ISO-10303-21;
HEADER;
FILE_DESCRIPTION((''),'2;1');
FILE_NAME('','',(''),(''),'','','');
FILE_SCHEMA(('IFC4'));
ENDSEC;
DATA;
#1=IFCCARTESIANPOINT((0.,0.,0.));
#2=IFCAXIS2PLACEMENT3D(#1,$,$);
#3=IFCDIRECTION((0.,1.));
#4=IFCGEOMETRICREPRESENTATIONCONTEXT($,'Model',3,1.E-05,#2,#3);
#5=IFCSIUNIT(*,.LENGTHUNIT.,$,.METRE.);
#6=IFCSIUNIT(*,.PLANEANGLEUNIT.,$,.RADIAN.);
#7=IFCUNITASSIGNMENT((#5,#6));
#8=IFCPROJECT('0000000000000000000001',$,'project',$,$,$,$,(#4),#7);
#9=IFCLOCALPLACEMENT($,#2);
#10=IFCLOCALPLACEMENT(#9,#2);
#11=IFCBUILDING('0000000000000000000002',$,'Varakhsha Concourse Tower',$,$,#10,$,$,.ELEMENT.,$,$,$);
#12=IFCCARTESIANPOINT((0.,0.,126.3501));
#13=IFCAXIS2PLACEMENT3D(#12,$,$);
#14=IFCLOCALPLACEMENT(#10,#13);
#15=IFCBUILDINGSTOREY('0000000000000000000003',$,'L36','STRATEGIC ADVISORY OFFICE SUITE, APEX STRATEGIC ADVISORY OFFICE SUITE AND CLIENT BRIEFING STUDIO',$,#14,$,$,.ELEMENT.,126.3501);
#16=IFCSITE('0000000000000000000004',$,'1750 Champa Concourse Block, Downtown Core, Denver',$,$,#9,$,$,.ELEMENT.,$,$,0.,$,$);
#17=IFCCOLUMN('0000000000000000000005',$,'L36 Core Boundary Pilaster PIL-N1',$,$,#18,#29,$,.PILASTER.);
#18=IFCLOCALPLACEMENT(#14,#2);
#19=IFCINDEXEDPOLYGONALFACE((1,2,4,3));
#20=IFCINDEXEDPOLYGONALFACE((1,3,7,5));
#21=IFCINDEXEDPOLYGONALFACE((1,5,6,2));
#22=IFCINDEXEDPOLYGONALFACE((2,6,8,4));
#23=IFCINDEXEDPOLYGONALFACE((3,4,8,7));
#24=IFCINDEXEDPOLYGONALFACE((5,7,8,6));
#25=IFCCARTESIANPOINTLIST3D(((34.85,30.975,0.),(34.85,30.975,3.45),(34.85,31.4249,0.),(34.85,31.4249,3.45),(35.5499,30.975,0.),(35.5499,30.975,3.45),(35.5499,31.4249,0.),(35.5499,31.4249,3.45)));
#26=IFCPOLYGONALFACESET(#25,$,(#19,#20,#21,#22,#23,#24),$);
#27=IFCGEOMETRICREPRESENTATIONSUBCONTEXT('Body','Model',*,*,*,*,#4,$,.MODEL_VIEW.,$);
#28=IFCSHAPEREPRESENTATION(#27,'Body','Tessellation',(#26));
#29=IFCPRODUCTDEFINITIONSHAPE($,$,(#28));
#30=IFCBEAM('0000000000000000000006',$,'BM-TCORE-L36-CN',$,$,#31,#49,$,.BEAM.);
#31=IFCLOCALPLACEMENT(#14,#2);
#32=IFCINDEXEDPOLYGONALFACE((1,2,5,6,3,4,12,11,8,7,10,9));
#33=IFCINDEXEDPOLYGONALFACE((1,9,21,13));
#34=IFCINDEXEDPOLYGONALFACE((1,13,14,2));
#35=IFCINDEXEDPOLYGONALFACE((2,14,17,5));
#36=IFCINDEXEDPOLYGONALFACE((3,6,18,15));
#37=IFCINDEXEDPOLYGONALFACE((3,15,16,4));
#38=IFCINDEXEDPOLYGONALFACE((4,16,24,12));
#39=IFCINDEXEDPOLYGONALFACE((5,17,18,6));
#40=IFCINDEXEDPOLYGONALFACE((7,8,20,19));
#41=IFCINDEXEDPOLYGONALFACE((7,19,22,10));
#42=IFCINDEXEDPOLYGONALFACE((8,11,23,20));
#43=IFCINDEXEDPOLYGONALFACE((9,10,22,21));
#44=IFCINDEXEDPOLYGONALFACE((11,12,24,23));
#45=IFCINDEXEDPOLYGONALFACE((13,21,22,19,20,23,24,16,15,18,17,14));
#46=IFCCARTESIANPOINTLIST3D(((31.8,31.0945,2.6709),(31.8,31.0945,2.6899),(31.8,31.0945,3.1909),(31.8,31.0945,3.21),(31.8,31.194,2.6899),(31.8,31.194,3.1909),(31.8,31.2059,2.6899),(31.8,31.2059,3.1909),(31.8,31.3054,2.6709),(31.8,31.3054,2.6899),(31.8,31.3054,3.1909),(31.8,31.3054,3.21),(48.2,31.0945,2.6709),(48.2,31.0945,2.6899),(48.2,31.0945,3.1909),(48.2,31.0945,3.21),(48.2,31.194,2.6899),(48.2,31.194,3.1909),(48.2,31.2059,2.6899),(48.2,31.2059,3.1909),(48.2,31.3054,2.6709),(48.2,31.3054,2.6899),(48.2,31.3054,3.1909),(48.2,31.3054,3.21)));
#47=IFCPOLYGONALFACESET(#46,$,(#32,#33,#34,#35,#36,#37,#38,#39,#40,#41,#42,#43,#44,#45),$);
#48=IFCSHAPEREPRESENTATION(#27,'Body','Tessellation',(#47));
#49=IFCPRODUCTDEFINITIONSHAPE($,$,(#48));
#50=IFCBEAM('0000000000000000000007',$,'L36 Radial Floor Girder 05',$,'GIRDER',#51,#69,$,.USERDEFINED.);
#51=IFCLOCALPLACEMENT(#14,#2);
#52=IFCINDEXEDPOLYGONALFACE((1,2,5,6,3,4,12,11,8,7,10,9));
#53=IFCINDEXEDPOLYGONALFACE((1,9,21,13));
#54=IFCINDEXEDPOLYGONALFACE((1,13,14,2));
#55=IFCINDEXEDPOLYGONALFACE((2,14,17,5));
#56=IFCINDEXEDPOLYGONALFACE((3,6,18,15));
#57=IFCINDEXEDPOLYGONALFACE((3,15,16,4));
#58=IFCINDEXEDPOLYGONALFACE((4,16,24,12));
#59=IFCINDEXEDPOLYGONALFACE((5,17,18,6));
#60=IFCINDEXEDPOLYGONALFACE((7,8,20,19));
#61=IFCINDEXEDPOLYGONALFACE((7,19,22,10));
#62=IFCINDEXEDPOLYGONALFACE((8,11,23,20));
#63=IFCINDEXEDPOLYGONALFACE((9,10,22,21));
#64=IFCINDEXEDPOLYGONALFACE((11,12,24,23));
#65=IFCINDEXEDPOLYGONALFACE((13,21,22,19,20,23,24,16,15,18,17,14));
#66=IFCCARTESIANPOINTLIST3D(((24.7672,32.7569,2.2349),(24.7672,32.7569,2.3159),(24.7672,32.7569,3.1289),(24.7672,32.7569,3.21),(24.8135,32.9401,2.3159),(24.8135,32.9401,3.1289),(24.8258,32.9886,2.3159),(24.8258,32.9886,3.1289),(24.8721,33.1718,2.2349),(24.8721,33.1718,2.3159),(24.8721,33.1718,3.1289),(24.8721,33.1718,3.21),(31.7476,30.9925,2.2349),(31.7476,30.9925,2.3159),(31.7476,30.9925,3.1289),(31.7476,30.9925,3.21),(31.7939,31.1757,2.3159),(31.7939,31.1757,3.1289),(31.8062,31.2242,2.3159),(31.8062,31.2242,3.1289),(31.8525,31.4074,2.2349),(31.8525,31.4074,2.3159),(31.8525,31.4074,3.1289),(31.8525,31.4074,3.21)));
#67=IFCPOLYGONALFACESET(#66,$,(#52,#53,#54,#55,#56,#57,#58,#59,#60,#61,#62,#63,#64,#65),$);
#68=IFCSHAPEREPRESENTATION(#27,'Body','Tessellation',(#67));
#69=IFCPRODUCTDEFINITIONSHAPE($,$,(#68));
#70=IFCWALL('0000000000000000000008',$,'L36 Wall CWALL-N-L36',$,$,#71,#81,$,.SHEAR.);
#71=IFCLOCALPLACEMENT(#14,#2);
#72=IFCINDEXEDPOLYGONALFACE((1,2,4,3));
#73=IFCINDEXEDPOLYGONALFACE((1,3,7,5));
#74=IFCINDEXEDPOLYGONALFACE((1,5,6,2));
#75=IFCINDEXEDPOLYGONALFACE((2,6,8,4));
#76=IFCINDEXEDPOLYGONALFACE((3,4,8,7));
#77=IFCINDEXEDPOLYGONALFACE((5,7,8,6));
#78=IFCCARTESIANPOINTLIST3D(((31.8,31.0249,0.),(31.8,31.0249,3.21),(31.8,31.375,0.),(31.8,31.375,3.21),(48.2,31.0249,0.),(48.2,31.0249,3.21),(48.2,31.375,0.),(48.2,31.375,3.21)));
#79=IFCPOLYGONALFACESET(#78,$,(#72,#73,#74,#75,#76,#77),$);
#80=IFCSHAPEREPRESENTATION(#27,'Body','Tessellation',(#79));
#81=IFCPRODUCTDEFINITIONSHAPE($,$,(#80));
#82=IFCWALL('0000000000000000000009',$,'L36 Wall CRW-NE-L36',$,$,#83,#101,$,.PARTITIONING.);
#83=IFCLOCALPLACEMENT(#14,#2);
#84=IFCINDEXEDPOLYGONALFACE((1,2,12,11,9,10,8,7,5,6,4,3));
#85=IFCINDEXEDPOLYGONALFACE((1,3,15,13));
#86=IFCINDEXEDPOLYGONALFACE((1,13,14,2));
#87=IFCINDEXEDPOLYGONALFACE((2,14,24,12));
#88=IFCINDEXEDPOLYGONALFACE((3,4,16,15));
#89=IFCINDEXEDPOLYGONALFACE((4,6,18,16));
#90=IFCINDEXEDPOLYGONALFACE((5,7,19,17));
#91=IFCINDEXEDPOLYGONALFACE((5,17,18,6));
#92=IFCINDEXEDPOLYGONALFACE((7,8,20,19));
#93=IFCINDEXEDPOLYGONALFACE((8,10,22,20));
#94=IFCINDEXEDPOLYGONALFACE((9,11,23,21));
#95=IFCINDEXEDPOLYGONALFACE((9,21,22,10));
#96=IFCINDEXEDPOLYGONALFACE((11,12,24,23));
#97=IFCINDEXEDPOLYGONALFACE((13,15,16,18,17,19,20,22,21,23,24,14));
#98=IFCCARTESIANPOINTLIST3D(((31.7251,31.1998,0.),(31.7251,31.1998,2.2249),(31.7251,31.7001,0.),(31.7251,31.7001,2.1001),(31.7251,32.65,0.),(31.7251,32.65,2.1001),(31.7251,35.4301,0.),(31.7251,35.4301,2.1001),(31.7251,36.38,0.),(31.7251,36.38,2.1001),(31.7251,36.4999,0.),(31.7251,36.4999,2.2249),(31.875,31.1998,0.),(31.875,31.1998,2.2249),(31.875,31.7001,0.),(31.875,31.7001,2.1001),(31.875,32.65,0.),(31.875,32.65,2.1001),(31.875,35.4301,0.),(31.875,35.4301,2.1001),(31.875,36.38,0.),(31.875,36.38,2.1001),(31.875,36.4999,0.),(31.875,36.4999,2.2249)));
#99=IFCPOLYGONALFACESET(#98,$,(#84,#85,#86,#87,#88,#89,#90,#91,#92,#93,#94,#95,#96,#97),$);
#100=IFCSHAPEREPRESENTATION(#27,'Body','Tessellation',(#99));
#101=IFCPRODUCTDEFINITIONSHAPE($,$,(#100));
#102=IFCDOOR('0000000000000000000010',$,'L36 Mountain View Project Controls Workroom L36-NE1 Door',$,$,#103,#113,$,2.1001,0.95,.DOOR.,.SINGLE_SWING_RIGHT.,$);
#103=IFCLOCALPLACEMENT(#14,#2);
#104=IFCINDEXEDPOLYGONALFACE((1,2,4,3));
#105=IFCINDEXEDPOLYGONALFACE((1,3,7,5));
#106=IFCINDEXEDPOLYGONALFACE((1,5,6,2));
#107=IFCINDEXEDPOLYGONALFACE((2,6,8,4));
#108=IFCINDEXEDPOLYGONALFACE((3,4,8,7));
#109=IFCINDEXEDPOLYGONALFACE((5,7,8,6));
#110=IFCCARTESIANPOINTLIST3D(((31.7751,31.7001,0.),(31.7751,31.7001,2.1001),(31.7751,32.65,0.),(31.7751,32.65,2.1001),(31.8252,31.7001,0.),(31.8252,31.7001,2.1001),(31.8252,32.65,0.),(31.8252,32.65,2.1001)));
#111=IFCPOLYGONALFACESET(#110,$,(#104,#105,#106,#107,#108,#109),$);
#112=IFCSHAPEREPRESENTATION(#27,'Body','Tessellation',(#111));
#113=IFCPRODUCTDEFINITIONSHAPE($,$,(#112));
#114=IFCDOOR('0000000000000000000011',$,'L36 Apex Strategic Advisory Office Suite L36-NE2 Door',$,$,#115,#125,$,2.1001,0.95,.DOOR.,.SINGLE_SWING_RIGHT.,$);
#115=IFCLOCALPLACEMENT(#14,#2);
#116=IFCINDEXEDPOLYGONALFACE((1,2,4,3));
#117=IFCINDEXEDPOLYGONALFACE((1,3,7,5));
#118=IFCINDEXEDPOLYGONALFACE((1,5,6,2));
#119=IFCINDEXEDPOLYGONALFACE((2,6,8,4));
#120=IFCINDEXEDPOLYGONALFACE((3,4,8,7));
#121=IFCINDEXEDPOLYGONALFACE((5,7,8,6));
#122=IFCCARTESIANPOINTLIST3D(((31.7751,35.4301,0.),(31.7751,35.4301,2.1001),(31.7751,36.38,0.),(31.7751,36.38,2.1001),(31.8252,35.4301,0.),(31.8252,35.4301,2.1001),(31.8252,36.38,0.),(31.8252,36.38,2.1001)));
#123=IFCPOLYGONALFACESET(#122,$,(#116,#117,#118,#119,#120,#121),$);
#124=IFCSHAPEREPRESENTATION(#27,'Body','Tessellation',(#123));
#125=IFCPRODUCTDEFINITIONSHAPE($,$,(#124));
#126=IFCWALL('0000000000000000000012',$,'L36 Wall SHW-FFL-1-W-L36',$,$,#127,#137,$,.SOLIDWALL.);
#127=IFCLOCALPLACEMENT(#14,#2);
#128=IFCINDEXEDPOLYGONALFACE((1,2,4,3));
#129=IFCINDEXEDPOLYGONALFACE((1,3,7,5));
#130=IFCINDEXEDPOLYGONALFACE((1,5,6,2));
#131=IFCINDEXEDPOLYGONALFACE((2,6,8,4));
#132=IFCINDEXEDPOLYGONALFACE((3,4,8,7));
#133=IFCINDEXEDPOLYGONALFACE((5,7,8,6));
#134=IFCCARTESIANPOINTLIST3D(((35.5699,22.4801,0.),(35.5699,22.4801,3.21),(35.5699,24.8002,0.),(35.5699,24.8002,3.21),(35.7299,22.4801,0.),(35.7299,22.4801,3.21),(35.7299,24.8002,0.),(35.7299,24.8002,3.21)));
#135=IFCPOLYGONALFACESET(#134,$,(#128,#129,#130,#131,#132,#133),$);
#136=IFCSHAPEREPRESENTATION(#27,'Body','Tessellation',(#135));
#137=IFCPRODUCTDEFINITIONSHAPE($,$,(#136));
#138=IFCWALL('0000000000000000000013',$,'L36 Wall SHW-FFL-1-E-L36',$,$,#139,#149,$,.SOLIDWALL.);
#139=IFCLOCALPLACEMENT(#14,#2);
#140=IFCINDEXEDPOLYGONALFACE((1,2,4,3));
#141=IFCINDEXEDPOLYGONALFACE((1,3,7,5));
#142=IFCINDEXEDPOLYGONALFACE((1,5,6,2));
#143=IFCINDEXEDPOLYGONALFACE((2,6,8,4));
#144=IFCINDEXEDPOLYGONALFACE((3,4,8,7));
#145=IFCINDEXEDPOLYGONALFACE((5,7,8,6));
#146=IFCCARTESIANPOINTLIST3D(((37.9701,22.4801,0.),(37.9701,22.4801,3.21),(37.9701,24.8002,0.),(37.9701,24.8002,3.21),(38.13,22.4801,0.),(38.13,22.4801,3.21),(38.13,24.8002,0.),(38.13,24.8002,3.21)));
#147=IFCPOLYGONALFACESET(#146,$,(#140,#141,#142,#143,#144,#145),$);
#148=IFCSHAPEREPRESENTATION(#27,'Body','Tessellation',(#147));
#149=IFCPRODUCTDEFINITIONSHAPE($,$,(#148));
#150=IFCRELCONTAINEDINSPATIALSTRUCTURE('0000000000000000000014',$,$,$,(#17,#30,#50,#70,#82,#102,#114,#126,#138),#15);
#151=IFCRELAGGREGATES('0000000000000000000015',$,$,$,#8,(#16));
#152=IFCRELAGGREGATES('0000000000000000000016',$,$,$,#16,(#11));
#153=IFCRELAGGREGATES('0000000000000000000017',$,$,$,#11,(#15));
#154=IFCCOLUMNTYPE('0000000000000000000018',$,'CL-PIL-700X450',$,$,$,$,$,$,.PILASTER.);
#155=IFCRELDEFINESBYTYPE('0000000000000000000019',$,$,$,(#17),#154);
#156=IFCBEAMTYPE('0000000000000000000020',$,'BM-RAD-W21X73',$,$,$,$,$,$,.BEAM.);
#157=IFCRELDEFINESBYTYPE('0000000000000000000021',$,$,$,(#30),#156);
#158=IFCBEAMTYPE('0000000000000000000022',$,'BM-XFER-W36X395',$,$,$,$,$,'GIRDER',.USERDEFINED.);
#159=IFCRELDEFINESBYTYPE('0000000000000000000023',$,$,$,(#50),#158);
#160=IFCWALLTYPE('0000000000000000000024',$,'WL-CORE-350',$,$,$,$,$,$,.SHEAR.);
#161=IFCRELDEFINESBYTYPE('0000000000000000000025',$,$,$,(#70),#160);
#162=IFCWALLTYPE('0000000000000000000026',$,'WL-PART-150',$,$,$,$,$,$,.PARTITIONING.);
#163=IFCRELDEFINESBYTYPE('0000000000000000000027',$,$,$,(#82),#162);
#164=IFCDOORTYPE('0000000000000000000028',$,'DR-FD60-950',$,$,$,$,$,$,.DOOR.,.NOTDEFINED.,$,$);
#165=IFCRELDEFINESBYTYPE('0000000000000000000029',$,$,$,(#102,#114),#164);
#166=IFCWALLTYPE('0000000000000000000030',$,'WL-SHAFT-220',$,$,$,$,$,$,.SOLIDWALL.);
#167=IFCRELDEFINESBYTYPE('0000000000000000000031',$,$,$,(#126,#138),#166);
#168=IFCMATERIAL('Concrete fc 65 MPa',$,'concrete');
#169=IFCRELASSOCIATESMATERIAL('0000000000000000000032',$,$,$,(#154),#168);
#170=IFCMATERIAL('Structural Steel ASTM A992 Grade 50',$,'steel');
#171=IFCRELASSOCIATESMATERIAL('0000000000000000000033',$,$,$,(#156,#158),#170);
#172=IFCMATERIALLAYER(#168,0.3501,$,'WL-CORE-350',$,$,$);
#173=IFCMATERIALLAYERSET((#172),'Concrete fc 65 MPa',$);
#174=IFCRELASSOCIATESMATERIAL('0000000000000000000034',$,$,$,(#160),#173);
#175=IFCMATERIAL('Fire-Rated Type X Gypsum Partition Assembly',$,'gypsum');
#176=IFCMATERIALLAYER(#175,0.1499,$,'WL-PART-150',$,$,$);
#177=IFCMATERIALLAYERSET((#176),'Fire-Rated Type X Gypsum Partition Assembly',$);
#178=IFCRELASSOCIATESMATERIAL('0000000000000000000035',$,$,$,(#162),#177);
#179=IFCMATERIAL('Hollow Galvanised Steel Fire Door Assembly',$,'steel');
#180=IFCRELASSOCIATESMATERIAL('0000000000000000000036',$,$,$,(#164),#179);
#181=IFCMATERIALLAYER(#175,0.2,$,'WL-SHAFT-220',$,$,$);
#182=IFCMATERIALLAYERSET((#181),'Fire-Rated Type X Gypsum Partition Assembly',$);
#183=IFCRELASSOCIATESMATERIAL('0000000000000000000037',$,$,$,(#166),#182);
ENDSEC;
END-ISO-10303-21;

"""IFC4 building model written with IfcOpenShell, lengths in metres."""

from ifc_helpers import new_model, si_unit, direction, frame, frame_2d, origin, origin_2d, place, context, subcontext, project, spatial, rectangle, i_section, extrude, material, layer, layer_set, material_profile, profile_set, type_object, element, fill, save


model = new_model("IFC4")

# Units and contexts
model_context = context("Model", 3, precision=1e-05, world=origin(), true_north=direction((0.0, 1.0)))
body_context = subcontext(model_context, "Body", "Model", "MODEL_VIEW")
ifc_project = project(units=[si_unit("LENGTHUNIT", "METRE"), si_unit("PLANEANGLEUNIT", "RADIAN")], contexts=[model_context])

# Site, building, storey
site_placement = place(None, origin())
site = spatial("IfcSite", under=ifc_project, at=site_placement, Name="1750 Champa Concourse Block, Downtown Core, Denver", CompositionType="ELEMENT", RefElevation=0.0)
building_placement = place(site_placement, origin())
building = spatial("IfcBuilding", under=site, at=building_placement, Name="Varakhsha Concourse Tower", CompositionType="ELEMENT")
storey_placement = place(building_placement, frame((0.0, 0.0, 126.3501)))
storey = spatial("IfcBuildingStorey", under=building, at=storey_placement, Name="L36", Description="STRATEGIC ADVISORY OFFICE SUITE, APEX STRATEGIC ADVISORY OFFICE SUITE AND CLIENT BRIEFING STUDIO", CompositionType="ELEMENT", Elevation=126.3501)

# Column
ifc_material_1 = material(Name="Concrete fc 65 MPa", Category="concrete")
ifc_material_profile_1 = material_profile(ifc_material_1, rectangle(XDim=0.7, YDim=0.45, at=origin_2d()), Name="RC 700x450")
ifc_profile_set_1 = profile_set([ifc_material_profile_1], Name="Concrete fc 65 MPa")
column_type = type_object("IfcColumnType", Name="CL-PIL-700X450", PredefinedType="PILASTER", material=ifc_profile_set_1)
column_placement = place(storey_placement, frame((35.2, 31.2, 0.0), z_axis=(0.0, 0.0, 1.0), x_axis=(1.0, 0.0, 0.0)))
element("IfcColumn", 1, at=column_placement, inside=storey, type_object=column_type, Name="L36 Core Boundary Pilaster PIL-N1", PredefinedType="PILASTER", context=body_context, shape_type="SweptSolid", body=[
    extrude(rectangle(XDim=0.7, YDim=0.45, at=origin_2d()), origin(), (0.0, 0.0, 1.0), 3.45),
])

# Beams
ifc_material_2 = material(Name="Structural Steel ASTM A992 Grade 50", Category="steel")
ifc_material_profile_2 = material_profile(ifc_material_2, i_section(OverallWidth=0.2109, OverallDepth=0.5391, WebThickness=0.012, FlangeThickness=0.019, at=origin_2d()), Name="W21X73")
ifc_profile_set_2 = profile_set([ifc_material_profile_2], Name="Structural Steel ASTM A992 Grade 50")
beam_type_1 = type_object("IfcBeamType", Name="BM-RAD-W21X73", PredefinedType="BEAM", material=ifc_profile_set_2)
beam_1_placement = place(storey_placement, frame((31.8, 31.2, 2.9404), z_axis=(1.0, 0.0, 0.0), x_axis=(0.0, 1.0, 0.0)))
element("IfcBeam", 2, at=beam_1_placement, inside=storey, type_object=beam_type_1, Name="BM-TCORE-L36-CN", PredefinedType="BEAM", context=body_context, shape_type="SweptSolid", body=[
    extrude(i_section(OverallWidth=0.2109, OverallDepth=0.5391, WebThickness=0.012, FlangeThickness=0.019, at=origin_2d()), origin(), (0.0, 0.0, 1.0), 16.3999),
])
ifc_material_profile_3 = material_profile(ifc_material_2, i_section(OverallWidth=0.428, OverallDepth=0.9751, WebThickness=0.05, FlangeThickness=0.0811, at=origin_2d()), Name="W36X395")
ifc_profile_set_3 = profile_set([ifc_material_profile_3], Name="Structural Steel ASTM A992 Grade 50")
beam_type_2 = type_object("IfcBeamType", Name="BM-XFER-W36X395", ElementType="GIRDER", PredefinedType="USERDEFINED", material=ifc_profile_set_3)
beam_2_placement = place(storey_placement, frame((31.8, 31.2, 2.7224), z_axis=(-0.969509, 0.245056, 0.0), x_axis=(-0.245056, -0.969509, 0.0)))
element("IfcBeam", 3, at=beam_2_placement, inside=storey, type_object=beam_type_2, Name="L36 Radial Floor Girder 05", ObjectType="GIRDER", PredefinedType="USERDEFINED", context=body_context, shape_type="SweptSolid", body=[
    extrude(i_section(OverallWidth=0.428, OverallDepth=0.9751, WebThickness=0.05, FlangeThickness=0.0811, at=origin_2d()), origin(), (0.0, 0.0, 1.0), 7.2),
])

# Wall
ifc_layer_1 = layer(ifc_material_1, 0.3501, Name="WL-CORE-350")
ifc_layer_set_1 = layer_set([ifc_layer_1], Name="Concrete fc 65 MPa")
wall_type_1 = type_object("IfcWallType", Name="WL-CORE-350", PredefinedType="SHEAR", material=ifc_layer_set_1)
wall_1_placement = place(storey_placement, frame((31.8, 31.2, 0.0), z_axis=(0.0, 0.0, 1.0), x_axis=(1.0, 0.0, 0.0)))
element("IfcWall", 4, at=wall_1_placement, inside=storey, type_object=wall_type_1, Name="L36 Wall CWALL-N-L36", PredefinedType="SHEAR", context=body_context, shape_type="SweptSolid", body=[
    extrude(rectangle(XDim=16.3999, YDim=0.3501, at=frame_2d((8.2, 0.0))), origin(), (0.0, 0.0, 1.0), 3.21),
])

# Wall, openings, doors
ifc_material_3 = material(Name="Fire-Rated Type X Gypsum Partition Assembly", Category="gypsum")
ifc_layer_2 = layer(ifc_material_3, 0.1499, Name="WL-PART-150")
ifc_layer_set_2 = layer_set([ifc_layer_2], Name="Fire-Rated Type X Gypsum Partition Assembly")
wall_type_2 = type_object("IfcWallType", Name="WL-PART-150", PredefinedType="PARTITIONING", material=ifc_layer_set_2)
wall_2_placement = place(storey_placement, frame((31.8, 31.2, 0.0), z_axis=(0.0, 0.0, 1.0), x_axis=(0.0, 1.0, 0.0)))
wall_2 = element("IfcWall", 5, at=wall_2_placement, inside=storey, type_object=wall_type_2, Name="L36 Wall CRW-NE-L36", PredefinedType="PARTITIONING", context=body_context, shape_type="SweptSolid", body=[
    extrude(rectangle(XDim=5.3, YDim=0.1499, at=frame_2d((2.6499, 0.0))), origin(), (0.0, 0.0, 1.0), 2.2249),
])
opening_1_placement = place(wall_2_placement, frame((0.5, 0.0, 0.0)))
opening_1 = element("IfcOpeningElement", 6, at=opening_1_placement, cuts=wall_2, PredefinedType="OPENING", context=body_context, shape_type="SweptSolid", body=[
    extrude(rectangle(XDim=0.95, YDim=2.1001, at=frame_2d((0.4751, 1.05))), frame((0.0, 0.085, 0.0), z_axis=(0.0, -1.0, 0.0), x_axis=(1.0, 0.0, 0.0)), (0.0, 0.0, 1.0), 0.1699),
])
opening_2_placement = place(wall_2_placement, frame((4.23, 0.0, 0.0)))
opening_2 = element("IfcOpeningElement", 7, at=opening_2_placement, cuts=wall_2, PredefinedType="OPENING", context=body_context, shape_type="SweptSolid", body=[
    extrude(rectangle(XDim=0.95, YDim=2.1001, at=frame_2d((0.4751, 1.05))), frame((0.0, 0.085, 0.0), z_axis=(0.0, -1.0, 0.0), x_axis=(1.0, 0.0, 0.0)), (0.0, 0.0, 1.0), 0.1699),
])
ifc_material_4 = material(Name="Hollow Galvanised Steel Fire Door Assembly", Category="steel")
door_type_1 = type_object("IfcDoorType", Name="DR-FD60-950", OperationType="NOTDEFINED", PredefinedType="DOOR", material=ifc_material_4)
door_1_placement = place(opening_1_placement, origin())
door_1 = element("IfcDoor", 8, at=door_1_placement, inside=storey, type_object=door_type_1, Name="L36 Mountain View Project Controls Workroom L36-NE1 Door", OperationType="SINGLE_SWING_RIGHT", OverallHeight=2.1001, OverallWidth=0.95, PredefinedType="DOOR", context=body_context, shape_type="SweptSolid", body=[
    extrude(rectangle(XDim=0.95, YDim=2.1001, at=frame_2d((0.4751, 1.05))), frame((0.0, 0.0249, 0.0), z_axis=(0.0, -1.0, 0.0), x_axis=(1.0, 0.0, 0.0)), (0.0, 0.0, 1.0), 0.05),
])
fill(opening_1, door_1)
door_2_placement = place(opening_2_placement, origin())
door_2 = element("IfcDoor", 9, at=door_2_placement, inside=storey, type_object=door_type_1, Name="L36 Apex Strategic Advisory Office Suite L36-NE2 Door", OperationType="SINGLE_SWING_RIGHT", OverallHeight=2.1001, OverallWidth=0.95, PredefinedType="DOOR", context=body_context, shape_type="SweptSolid", body=[
    extrude(rectangle(XDim=0.95, YDim=2.1001, at=frame_2d((0.4751, 1.05))), frame((0.0, 0.0249, 0.0), z_axis=(0.0, -1.0, 0.0), x_axis=(1.0, 0.0, 0.0)), (0.0, 0.0, 1.0), 0.05),
])
fill(opening_2, door_2)
ifc_layer_3 = layer(ifc_material_3, 0.2, Name="WL-SHAFT-220")
ifc_layer_set_3 = layer_set([ifc_layer_3], Name="Fire-Rated Type X Gypsum Partition Assembly")
wall_type_3 = type_object("IfcWallType", Name="WL-SHAFT-220", PredefinedType="SOLIDWALL", material=ifc_layer_set_3)

# Walls
for number, where, z_axis, x_axis, name in (
    (10, (35.6499, 22.48, 0.0), (0.0, 0.0, 1.0), (0.0, 1.0, 0.0), "L36 Wall SHW-FFL-1-W-L36"),
    (11, (38.05, 22.48, 0.0), (0.0, 0.0, 1.0), (0.0, 1.0, 0.0), "L36 Wall SHW-FFL-1-E-L36"),
):
    element("IfcWall", number, at=place(storey_placement, frame(where, z_axis=z_axis, x_axis=x_axis)), inside=storey, type_object=wall_type_3, Name=name, PredefinedType="SOLIDWALL", context=body_context, shape_type="SweptSolid", body=[
        extrude(rectangle(XDim=2.3201, YDim=0.1599, at=frame_2d((1.1602, 0.0))), origin(), (0.0, 0.0, 1.0), 3.21),
    ])

save(model, "model.ifc")
